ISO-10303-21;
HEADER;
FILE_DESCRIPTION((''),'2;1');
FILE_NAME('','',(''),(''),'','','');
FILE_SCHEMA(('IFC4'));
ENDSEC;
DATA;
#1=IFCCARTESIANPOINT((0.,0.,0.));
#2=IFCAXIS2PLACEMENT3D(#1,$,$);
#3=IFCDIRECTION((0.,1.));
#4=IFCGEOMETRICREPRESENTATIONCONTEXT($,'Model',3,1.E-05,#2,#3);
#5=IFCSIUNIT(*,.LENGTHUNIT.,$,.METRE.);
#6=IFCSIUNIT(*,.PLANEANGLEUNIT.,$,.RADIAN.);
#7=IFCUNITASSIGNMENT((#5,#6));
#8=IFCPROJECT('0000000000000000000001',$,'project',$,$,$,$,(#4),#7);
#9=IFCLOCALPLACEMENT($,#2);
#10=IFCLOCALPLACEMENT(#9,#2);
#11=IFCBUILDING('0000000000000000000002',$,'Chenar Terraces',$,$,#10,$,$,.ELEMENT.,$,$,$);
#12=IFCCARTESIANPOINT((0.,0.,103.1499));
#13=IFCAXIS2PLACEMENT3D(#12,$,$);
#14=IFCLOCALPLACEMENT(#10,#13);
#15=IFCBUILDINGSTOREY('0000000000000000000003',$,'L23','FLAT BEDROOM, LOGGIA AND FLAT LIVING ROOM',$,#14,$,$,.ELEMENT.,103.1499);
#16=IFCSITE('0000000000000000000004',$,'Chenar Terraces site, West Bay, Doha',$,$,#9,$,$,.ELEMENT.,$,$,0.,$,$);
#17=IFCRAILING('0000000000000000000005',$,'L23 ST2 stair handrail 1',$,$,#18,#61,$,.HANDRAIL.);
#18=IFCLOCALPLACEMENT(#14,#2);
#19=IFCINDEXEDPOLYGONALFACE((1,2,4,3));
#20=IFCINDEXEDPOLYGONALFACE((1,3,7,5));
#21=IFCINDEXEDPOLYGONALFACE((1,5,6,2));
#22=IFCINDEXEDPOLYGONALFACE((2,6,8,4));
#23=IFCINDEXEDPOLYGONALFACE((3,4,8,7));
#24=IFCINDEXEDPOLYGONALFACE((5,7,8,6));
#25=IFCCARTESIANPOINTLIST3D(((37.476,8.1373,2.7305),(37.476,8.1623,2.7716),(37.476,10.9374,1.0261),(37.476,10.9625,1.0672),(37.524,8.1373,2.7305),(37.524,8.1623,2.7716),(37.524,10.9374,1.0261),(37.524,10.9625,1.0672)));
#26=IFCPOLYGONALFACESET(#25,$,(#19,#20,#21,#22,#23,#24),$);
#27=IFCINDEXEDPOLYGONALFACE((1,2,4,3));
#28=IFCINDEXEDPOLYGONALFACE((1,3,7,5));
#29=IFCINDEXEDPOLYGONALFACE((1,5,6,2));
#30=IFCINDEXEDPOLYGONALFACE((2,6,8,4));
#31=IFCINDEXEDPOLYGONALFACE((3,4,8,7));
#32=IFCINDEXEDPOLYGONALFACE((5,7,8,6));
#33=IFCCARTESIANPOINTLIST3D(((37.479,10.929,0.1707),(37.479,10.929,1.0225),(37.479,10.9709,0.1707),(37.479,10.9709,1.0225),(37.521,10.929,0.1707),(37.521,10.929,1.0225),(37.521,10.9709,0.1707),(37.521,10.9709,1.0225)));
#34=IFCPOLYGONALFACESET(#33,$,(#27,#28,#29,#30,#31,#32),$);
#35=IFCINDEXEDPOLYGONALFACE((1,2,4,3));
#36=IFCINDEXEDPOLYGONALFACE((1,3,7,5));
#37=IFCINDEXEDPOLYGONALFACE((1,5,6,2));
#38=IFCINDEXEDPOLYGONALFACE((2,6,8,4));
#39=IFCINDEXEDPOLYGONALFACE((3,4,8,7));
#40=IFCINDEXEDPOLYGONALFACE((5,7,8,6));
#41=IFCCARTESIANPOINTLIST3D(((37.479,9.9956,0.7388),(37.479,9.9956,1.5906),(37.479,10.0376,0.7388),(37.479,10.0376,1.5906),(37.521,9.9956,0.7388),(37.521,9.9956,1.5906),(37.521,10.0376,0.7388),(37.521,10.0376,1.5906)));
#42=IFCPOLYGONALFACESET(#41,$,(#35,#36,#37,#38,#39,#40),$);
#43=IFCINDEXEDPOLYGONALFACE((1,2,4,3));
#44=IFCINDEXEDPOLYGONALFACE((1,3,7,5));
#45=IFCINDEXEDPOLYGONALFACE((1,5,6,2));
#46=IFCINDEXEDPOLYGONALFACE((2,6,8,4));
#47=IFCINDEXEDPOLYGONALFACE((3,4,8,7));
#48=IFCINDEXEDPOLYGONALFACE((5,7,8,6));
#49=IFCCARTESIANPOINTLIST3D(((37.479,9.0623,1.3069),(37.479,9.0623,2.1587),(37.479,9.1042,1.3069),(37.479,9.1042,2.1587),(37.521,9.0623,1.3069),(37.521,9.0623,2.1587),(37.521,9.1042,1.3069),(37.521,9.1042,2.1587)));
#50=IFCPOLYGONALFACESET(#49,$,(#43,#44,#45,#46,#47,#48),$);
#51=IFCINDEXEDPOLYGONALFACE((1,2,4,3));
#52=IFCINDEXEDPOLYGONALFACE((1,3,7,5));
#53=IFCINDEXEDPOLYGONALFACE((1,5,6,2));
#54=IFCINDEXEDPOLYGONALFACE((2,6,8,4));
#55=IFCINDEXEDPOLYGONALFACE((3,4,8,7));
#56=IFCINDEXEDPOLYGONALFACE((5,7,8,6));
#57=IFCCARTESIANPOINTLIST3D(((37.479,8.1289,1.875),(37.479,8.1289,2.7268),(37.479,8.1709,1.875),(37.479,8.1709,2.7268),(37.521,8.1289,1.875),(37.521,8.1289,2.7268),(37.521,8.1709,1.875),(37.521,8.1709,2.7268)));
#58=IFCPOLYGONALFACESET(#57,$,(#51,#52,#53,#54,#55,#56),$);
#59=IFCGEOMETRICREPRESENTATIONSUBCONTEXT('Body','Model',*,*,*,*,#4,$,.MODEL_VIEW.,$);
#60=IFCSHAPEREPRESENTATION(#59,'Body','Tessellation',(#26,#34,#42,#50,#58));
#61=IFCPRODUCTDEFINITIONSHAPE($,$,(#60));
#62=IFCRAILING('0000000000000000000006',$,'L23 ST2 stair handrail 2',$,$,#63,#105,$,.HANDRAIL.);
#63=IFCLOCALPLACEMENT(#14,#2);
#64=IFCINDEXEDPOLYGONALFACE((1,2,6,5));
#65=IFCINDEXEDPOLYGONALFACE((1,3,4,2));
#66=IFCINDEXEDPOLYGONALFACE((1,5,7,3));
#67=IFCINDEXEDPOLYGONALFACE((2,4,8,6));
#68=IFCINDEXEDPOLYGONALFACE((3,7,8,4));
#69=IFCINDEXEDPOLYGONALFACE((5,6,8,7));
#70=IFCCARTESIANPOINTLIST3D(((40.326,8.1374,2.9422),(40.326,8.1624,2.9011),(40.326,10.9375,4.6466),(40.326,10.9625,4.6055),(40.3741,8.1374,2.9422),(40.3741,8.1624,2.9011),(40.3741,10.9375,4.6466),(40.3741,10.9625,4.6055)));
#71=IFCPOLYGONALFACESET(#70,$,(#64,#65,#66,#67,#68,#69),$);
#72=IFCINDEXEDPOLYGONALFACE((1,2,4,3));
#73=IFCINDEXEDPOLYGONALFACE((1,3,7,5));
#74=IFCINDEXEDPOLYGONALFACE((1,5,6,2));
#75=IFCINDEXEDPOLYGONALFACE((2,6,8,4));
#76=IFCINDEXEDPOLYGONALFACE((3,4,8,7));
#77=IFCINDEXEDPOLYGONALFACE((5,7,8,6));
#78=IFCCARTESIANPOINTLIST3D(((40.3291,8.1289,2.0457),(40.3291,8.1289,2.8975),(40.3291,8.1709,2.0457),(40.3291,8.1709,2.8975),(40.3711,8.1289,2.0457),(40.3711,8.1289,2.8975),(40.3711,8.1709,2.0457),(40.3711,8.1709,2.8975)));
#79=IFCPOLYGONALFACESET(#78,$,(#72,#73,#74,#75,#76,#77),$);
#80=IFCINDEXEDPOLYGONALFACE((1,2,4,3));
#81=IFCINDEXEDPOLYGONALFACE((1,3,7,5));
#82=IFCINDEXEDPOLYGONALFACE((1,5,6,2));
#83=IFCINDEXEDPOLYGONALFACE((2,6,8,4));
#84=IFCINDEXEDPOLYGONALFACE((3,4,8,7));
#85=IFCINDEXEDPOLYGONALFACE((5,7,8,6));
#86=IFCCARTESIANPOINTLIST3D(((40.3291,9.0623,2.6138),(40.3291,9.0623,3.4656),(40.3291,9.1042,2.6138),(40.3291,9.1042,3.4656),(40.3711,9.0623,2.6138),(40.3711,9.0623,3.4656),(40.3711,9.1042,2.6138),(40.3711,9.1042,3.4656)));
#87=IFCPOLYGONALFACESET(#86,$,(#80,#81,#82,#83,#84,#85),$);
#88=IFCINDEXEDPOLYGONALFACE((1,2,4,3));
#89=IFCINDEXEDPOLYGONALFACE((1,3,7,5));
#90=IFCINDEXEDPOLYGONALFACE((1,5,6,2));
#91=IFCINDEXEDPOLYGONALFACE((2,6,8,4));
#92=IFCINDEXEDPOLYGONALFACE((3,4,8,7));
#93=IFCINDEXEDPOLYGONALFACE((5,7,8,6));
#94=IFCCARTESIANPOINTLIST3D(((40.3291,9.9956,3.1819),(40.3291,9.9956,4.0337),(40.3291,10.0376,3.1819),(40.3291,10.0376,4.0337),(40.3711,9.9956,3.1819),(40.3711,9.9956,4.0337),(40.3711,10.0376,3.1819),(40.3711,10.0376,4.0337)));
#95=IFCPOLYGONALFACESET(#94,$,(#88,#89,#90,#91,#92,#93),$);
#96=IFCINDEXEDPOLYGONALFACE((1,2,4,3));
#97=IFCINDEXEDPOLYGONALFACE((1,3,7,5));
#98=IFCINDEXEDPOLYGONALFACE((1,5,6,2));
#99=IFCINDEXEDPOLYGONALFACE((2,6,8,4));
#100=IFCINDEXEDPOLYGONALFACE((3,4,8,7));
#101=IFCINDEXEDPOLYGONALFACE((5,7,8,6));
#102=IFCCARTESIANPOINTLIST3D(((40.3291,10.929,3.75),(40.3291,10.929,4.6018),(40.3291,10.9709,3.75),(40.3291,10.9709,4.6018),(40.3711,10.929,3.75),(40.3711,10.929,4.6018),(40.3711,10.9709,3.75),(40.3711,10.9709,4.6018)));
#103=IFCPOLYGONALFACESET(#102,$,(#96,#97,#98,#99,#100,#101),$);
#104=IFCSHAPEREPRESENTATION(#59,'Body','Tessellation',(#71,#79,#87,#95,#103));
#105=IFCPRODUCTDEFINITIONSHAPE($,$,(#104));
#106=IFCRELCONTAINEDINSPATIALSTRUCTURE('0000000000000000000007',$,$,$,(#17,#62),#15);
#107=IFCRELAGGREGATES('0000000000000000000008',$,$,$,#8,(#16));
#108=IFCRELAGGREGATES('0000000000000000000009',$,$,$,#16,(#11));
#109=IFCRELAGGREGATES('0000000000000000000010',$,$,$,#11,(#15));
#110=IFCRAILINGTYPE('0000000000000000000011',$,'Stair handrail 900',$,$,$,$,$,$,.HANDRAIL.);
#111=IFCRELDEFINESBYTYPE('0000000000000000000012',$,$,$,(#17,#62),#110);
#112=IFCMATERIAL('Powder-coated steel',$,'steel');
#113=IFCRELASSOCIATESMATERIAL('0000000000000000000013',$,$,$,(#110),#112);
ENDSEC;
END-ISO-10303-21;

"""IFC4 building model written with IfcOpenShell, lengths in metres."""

from ifc_helpers import new_model, si_unit, direction, frame, origin, origin_2d, place, context, subcontext, project, spatial, rectangle, extrude, material, type_object, element, save


model = new_model("IFC4")

# Units and contexts
model_context = context("Model", 3, precision=1e-05, world=origin(), true_north=direction((0.0, 1.0)))
body_context = subcontext(model_context, "Body", "Model", "MODEL_VIEW")
ifc_project = project(units=[si_unit("LENGTHUNIT", "METRE"), si_unit("PLANEANGLEUNIT", "RADIAN")], contexts=[model_context])

# Site, building, storey
site_placement = place(None, origin())
site = spatial("IfcSite", under=ifc_project, at=site_placement, Name="Chenar Terraces site, West Bay, Doha", CompositionType="ELEMENT", RefElevation=0.0)
building_placement = place(site_placement, origin())
building = spatial("IfcBuilding", under=site, at=building_placement, Name="Chenar Terraces", CompositionType="ELEMENT")
storey_placement = place(building_placement, frame((0.0, 0.0, 103.1499)))
storey = spatial("IfcBuildingStorey", under=building, at=storey_placement, Name="L23", Description="FLAT BEDROOM, LOGGIA AND FLAT LIVING ROOM", CompositionType="ELEMENT", Elevation=103.1499)

# Railings
ifc_material_1 = material(Name="Powder-coated steel", Category="steel")
railing_type_1 = type_object("IfcRailingType", Name="Stair handrail 900", PredefinedType="HANDRAIL", material=ifc_material_1)
railing_1_placement = place(storey_placement, frame((37.5, 10.95, 0.1707)))
element("IfcRailing", 1, at=railing_1_placement, inside=storey, type_object=railing_type_1, Name="L23 ST2 stair handrail 1", PredefinedType="HANDRAIL", context=body_context, shape_type="SweptSolid", body=[
    extrude(rectangle(XDim=0.0481, YDim=0.0481, at=origin_2d()), frame((0.0, 0.0, 0.876), z_axis=(0.0, -0.854203, 0.51994), x_axis=(1.0, 0.0, 0.0)), (0.0, 0.0, 1.0), 3.2781),
    extrude(rectangle(XDim=0.042, YDim=0.042, at=origin_2d()), origin(), (0.0, 0.0, 1.0), 0.8518),
    extrude(rectangle(XDim=0.042, YDim=0.042, at=origin_2d()), frame((0.0, -0.9333, 0.5681)), (0.0, 0.0, 1.0), 0.8518),
    extrude(rectangle(XDim=0.042, YDim=0.042, at=origin_2d()), frame((0.0, -1.8667, 1.1362)), (0.0, 0.0, 1.0), 0.8518),
    extrude(rectangle(XDim=0.042, YDim=0.042, at=origin_2d()), frame((0.0, -2.8, 1.7043)), (0.0, 0.0, 1.0), 0.8518),
])
railing_2_placement = place(storey_placement, frame((40.3501, 8.1499, 2.0457)))
element("IfcRailing", 2, at=railing_2_placement, inside=storey, type_object=railing_type_1, Name="L23 ST2 stair handrail 2", PredefinedType="HANDRAIL", context=body_context, shape_type="SweptSolid", body=[
    extrude(rectangle(XDim=0.0481, YDim=0.0481, at=origin_2d()), frame((0.0, 0.0, 0.876), z_axis=(0.0, 0.854203, 0.51994), x_axis=(-1.0, 0.0, 0.0)), (0.0, 0.0, 1.0), 3.2781),
    extrude(rectangle(XDim=0.042, YDim=0.042, at=origin_2d()), origin(), (0.0, 0.0, 1.0), 0.8518),
    extrude(rectangle(XDim=0.042, YDim=0.042, at=origin_2d()), frame((0.0, 0.9333, 0.5681)), (0.0, 0.0, 1.0), 0.8518),
    extrude(rectangle(XDim=0.042, YDim=0.042, at=origin_2d()), frame((0.0, 1.8667, 1.1362)), (0.0, 0.0, 1.0), 0.8518),
    extrude(rectangle(XDim=0.042, YDim=0.042, at=origin_2d()), frame((0.0, 2.8, 1.7043)), (0.0, 0.0, 1.0), 0.8518),
])

save(model, "model.ifc")
